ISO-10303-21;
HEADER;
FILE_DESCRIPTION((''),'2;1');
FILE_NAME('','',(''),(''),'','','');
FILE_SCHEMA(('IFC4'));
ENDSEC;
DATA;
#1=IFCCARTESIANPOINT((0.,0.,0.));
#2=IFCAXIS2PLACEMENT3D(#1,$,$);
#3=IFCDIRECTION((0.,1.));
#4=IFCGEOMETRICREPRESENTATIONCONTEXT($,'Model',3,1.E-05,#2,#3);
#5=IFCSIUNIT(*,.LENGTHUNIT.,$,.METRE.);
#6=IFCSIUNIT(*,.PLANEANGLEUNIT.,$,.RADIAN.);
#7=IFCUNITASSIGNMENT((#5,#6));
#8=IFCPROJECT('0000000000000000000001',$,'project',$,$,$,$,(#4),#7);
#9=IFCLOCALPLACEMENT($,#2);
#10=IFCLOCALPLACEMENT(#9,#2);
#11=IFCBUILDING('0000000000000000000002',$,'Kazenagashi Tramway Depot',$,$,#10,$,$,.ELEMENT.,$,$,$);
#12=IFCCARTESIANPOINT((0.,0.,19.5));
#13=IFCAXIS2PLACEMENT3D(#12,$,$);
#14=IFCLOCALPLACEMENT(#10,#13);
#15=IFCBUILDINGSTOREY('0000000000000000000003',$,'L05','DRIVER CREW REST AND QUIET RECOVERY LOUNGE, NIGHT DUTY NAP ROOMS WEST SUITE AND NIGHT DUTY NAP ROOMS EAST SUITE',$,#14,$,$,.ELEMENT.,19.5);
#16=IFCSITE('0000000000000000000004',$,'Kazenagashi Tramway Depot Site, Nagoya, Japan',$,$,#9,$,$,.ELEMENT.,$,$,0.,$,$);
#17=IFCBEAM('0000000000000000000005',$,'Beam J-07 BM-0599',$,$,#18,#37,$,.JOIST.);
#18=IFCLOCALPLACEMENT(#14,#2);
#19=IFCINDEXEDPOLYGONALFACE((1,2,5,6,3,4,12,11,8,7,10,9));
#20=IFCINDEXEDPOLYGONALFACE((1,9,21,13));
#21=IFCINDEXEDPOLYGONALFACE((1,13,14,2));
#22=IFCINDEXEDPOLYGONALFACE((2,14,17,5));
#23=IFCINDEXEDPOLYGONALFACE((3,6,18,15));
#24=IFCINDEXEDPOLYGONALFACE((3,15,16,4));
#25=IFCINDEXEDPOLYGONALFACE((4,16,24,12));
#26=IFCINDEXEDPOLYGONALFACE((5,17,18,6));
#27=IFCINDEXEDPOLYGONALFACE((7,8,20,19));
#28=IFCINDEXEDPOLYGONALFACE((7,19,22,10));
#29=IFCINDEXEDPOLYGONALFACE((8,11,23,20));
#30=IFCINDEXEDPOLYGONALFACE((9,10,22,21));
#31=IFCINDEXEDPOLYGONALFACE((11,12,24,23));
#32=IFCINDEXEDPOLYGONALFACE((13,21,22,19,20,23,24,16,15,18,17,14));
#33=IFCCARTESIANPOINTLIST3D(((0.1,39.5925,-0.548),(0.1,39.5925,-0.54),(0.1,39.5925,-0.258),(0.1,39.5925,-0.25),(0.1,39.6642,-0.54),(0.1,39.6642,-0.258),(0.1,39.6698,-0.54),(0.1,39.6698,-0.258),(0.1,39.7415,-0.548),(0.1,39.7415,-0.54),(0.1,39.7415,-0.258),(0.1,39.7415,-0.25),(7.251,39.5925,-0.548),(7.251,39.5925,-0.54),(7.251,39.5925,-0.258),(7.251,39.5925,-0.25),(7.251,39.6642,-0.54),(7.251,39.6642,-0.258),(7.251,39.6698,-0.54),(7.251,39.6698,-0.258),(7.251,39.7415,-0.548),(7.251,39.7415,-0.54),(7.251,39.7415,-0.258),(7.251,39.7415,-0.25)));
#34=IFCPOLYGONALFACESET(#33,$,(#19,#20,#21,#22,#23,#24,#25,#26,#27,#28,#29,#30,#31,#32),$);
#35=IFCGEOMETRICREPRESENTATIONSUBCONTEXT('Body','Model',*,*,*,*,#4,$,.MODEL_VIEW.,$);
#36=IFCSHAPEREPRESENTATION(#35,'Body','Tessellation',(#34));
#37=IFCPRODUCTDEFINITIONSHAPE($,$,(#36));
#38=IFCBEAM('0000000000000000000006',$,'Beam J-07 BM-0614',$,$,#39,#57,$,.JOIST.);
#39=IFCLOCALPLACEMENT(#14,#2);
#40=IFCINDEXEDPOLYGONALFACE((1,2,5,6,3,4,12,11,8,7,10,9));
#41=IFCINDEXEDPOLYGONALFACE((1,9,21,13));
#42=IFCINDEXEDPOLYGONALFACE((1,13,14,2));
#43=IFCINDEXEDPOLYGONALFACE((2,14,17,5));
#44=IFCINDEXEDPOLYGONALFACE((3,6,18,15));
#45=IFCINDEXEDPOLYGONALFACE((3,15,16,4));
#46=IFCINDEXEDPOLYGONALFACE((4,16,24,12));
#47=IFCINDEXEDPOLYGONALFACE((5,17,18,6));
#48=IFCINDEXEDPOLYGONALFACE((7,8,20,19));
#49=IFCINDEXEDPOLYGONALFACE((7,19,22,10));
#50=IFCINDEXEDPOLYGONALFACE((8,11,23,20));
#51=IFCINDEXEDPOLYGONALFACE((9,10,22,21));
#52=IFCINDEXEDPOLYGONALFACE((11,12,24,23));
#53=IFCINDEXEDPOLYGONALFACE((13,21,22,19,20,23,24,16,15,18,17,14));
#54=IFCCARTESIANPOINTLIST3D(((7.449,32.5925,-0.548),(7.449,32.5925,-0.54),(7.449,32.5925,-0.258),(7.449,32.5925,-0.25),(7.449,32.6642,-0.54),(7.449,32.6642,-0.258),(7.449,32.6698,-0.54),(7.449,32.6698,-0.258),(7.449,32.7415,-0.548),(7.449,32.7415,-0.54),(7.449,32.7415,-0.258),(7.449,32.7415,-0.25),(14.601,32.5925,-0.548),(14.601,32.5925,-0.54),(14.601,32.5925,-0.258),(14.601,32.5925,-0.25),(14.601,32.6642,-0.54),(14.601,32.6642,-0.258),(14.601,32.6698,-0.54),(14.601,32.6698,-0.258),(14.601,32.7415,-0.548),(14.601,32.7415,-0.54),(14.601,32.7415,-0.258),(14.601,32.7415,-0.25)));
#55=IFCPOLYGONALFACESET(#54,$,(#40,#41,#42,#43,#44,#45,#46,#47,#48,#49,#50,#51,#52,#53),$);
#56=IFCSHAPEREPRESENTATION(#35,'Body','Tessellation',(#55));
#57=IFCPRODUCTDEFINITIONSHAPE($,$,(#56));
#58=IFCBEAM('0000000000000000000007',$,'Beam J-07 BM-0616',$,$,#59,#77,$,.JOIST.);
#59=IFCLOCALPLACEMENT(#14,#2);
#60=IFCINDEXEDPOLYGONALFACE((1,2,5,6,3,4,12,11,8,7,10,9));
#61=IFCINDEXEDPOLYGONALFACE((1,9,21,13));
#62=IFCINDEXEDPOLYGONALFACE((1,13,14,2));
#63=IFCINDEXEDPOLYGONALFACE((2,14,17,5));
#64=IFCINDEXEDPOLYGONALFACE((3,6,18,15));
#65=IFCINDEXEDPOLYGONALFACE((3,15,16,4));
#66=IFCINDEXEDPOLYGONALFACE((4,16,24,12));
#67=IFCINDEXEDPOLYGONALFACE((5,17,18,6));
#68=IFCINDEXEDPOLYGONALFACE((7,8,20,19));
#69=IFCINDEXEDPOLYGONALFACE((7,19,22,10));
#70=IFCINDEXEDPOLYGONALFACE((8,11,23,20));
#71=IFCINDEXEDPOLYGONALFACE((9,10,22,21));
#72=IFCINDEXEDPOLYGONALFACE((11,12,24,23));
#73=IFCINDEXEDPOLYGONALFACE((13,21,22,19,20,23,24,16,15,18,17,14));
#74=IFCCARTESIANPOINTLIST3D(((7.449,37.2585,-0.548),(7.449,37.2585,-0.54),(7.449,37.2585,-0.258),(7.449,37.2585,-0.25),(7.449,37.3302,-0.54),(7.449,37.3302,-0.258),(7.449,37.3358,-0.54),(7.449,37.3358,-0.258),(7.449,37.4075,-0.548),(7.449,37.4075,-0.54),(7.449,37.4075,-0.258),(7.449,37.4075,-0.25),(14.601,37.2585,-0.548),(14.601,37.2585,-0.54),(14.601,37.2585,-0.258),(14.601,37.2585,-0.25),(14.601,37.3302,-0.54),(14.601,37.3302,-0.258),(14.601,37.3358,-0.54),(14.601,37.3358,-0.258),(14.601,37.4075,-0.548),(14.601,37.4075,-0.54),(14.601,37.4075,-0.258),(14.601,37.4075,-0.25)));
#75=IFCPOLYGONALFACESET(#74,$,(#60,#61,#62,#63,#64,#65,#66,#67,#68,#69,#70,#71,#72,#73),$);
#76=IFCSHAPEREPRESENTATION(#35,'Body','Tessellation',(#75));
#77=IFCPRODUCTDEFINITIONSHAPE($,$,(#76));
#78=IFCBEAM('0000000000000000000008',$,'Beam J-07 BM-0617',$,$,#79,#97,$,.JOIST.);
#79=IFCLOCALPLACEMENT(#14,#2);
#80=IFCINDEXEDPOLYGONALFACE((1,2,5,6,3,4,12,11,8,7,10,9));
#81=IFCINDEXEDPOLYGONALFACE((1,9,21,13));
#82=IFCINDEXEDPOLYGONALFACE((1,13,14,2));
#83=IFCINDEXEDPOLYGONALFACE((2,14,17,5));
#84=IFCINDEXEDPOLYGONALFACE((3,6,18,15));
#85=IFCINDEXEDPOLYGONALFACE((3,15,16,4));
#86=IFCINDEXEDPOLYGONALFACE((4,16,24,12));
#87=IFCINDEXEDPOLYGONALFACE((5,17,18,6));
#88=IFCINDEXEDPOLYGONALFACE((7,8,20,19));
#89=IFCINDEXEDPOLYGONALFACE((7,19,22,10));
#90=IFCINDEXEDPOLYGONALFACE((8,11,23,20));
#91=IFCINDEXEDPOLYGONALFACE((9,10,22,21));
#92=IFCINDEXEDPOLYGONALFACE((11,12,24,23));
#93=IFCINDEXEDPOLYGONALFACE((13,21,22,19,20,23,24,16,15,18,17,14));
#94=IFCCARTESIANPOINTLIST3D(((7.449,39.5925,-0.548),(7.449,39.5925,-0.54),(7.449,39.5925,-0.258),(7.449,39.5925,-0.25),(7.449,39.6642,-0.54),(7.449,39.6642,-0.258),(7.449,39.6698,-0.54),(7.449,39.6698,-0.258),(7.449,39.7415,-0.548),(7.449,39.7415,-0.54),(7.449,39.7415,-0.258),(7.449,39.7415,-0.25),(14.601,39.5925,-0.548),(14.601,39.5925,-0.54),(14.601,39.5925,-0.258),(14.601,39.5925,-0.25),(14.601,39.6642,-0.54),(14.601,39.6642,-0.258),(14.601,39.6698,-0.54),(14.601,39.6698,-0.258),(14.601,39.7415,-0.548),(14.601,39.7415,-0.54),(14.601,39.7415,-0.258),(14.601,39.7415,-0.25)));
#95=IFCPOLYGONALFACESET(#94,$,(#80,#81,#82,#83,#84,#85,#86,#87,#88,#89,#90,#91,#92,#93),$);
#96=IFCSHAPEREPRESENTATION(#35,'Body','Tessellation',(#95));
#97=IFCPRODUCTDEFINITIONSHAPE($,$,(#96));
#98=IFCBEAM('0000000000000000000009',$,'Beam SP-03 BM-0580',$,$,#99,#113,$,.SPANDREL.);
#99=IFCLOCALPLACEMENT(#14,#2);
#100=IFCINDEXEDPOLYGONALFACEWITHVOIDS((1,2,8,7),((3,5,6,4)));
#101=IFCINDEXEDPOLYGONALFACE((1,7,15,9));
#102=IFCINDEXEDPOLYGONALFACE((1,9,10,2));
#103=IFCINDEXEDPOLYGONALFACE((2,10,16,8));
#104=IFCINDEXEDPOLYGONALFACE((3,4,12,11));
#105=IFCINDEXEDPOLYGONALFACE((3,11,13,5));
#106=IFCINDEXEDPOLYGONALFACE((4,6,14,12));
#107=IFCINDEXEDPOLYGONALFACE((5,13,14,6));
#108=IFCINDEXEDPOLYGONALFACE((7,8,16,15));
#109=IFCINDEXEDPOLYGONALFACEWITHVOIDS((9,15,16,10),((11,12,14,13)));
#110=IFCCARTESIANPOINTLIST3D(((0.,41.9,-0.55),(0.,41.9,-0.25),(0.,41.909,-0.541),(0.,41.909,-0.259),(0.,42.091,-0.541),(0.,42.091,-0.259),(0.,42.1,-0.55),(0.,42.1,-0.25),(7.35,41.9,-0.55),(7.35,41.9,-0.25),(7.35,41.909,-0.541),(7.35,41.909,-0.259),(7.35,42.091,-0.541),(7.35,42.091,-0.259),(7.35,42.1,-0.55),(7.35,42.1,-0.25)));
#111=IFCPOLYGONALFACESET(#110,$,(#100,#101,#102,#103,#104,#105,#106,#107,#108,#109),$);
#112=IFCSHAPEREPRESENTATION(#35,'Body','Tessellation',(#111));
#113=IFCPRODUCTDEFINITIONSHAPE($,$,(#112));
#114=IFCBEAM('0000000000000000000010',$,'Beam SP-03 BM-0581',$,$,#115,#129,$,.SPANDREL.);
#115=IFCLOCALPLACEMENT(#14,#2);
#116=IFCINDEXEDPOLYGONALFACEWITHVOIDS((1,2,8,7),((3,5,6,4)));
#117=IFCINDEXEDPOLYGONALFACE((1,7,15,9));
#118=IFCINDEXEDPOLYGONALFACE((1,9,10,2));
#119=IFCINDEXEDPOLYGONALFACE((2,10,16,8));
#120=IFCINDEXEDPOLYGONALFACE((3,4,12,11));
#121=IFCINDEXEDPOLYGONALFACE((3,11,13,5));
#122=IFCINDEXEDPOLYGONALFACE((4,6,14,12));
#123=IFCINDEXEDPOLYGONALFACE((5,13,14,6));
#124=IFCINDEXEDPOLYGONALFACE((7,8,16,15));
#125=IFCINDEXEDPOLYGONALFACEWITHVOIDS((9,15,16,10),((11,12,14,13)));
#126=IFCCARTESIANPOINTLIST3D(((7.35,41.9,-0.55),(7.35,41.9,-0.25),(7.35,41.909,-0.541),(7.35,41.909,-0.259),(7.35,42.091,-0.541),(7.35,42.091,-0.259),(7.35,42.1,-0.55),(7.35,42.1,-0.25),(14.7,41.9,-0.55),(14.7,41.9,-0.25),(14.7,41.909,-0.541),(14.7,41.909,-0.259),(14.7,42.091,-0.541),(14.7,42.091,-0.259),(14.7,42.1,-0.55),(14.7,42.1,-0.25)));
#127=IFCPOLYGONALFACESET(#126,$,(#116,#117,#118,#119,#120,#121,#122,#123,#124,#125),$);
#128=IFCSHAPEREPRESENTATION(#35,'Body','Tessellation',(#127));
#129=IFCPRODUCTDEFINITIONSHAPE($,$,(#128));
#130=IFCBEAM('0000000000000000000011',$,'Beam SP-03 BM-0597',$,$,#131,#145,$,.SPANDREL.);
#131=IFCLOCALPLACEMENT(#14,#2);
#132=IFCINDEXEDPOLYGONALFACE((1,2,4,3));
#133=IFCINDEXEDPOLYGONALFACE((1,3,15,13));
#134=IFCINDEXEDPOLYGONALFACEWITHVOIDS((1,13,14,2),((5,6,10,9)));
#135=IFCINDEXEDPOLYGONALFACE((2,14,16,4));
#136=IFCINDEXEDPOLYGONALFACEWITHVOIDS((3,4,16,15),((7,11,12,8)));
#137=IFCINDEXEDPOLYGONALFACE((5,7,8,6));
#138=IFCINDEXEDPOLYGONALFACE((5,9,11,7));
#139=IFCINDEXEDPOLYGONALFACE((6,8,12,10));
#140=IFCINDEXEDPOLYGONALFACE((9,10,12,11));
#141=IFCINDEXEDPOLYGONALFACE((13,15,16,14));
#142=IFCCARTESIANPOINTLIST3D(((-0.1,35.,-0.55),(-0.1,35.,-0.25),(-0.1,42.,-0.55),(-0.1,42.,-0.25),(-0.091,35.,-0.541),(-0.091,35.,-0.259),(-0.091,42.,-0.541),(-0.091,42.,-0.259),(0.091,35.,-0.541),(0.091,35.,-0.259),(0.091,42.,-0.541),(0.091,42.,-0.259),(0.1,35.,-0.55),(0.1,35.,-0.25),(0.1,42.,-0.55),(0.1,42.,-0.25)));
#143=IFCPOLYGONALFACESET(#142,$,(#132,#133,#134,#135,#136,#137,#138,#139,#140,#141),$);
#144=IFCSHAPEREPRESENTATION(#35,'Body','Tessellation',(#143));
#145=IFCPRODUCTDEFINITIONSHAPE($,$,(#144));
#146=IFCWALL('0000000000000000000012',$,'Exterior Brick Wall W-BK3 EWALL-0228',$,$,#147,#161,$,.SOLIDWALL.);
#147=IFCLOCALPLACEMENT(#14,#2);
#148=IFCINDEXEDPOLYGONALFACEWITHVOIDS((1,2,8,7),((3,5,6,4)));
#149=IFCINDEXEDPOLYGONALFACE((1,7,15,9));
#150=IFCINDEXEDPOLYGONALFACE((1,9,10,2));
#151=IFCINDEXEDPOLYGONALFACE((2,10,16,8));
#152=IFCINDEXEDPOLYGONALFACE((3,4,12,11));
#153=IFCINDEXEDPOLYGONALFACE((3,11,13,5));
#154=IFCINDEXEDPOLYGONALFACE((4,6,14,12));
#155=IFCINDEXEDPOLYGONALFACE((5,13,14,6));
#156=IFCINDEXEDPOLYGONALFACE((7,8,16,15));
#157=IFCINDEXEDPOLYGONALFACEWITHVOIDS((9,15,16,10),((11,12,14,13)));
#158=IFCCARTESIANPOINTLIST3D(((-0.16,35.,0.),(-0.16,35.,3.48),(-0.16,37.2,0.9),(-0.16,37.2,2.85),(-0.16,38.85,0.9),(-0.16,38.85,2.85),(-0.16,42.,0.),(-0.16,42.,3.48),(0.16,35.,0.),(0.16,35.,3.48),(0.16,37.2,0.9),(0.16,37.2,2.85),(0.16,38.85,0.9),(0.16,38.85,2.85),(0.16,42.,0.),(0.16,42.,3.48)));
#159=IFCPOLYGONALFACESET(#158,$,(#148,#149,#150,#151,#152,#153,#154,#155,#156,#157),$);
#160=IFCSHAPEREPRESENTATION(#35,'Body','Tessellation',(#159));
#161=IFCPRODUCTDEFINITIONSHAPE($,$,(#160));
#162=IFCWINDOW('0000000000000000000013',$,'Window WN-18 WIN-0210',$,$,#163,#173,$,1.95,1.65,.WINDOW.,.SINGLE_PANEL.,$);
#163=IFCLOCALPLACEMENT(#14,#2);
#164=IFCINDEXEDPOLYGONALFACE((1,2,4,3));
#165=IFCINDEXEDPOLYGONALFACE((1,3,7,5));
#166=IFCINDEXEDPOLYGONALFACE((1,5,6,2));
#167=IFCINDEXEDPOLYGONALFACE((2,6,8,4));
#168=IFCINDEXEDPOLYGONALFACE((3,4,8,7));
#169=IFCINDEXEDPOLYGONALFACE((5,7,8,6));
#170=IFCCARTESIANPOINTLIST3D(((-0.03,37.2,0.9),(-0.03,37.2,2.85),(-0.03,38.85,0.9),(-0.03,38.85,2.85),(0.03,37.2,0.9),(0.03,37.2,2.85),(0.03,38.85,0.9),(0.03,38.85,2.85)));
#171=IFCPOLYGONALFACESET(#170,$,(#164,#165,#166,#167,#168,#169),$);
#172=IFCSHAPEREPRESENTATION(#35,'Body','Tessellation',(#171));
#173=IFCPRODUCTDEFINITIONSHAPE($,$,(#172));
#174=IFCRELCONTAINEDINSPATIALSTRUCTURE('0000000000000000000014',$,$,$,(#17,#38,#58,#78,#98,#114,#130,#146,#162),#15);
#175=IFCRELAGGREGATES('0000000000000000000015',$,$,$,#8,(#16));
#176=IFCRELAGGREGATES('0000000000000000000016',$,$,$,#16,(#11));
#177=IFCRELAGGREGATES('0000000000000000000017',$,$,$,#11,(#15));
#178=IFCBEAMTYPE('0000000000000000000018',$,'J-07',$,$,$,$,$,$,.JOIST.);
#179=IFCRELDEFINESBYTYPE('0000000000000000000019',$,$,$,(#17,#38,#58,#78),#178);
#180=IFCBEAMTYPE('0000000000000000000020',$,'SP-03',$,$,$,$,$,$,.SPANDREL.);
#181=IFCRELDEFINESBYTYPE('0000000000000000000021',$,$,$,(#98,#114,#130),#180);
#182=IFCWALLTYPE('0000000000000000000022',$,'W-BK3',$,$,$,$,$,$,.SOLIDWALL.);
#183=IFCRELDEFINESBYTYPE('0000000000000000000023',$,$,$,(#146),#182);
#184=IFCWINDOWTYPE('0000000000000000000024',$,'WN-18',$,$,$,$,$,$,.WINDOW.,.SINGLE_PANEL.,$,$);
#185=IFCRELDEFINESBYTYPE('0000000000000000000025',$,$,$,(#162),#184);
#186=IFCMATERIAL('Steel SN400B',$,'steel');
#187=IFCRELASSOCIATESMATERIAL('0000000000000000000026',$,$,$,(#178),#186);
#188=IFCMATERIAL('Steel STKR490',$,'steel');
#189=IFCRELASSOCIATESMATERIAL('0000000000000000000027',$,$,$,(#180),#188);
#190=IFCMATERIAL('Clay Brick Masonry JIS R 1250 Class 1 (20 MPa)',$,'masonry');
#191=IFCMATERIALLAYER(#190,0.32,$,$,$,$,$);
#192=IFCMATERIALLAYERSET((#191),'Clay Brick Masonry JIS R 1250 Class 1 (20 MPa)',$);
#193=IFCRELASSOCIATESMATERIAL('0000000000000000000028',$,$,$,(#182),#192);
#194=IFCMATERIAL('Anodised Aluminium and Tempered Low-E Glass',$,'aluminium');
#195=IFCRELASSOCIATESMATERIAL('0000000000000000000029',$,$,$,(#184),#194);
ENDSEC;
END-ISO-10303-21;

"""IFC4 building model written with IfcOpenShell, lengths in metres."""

from ifc_helpers import new_model, si_unit, direction, frame, frame_2d, origin, origin_2d, place, context, subcontext, project, spatial, rectangle, hollow_rectangle, i_section, extrude, material, layer, layer_set, material_profile, profile_set, type_object, element, fill, save


model = new_model("IFC4")

# Units and contexts
model_context = context("Model", 3, precision=1e-05, world=origin(), true_north=direction((0.0, 1.0)))
body_context = subcontext(model_context, "Body", "Model", "MODEL_VIEW")
ifc_project = project(units=[si_unit("LENGTHUNIT", "METRE"), si_unit("PLANEANGLEUNIT", "RADIAN")], contexts=[model_context])

# Site, building, storey
site_placement = place(None, origin())
site = spatial("IfcSite", under=ifc_project, at=site_placement, Name="Kazenagashi Tramway Depot Site, Nagoya, Japan", CompositionType="ELEMENT", RefElevation=0.0)
building_placement = place(site_placement, origin())
building = spatial("IfcBuilding", under=site, at=building_placement, Name="Kazenagashi Tramway Depot", CompositionType="ELEMENT")
storey_placement = place(building_placement, frame((0.0, 0.0, 19.5)))
storey = spatial("IfcBuildingStorey", under=building, at=storey_placement, Name="L05", Description="DRIVER CREW REST AND QUIET RECOVERY LOUNGE, NIGHT DUTY NAP ROOMS WEST SUITE AND NIGHT DUTY NAP ROOMS EAST SUITE", CompositionType="ELEMENT", Elevation=19.5)

# Shared definitions
ifc_material_1 = material(Name="Steel SN400B", Category="steel")

# Beams
ifc_material_profile_1 = material_profile(ifc_material_1, i_section(OverallWidth=0.149, OverallDepth=0.298, WebThickness=0.0055, FlangeThickness=0.008, at=origin_2d()), Name="H-298x149x5.5x8")
ifc_profile_set_1 = profile_set([ifc_material_profile_1], Name="Steel SN400B")
beam_type_1 = type_object("IfcBeamType", Name="J-07", PredefinedType="JOIST", material=ifc_profile_set_1)
for number, where, z_axis, x_axis, name in (
    (1, (0.1, 39.667, -0.399), (1.0, 0.0, 0.0), (0.0, 1.0, 0.0), "Beam J-07 BM-0599"),
):
    element("IfcBeam", number, at=place(storey_placement, frame(where, z_axis=z_axis, x_axis=x_axis)), inside=storey, type_object=beam_type_1, Name=name, PredefinedType="JOIST", context=body_context, shape_type="SweptSolid", body=[
        extrude(i_section(OverallWidth=0.149, OverallDepth=0.298, WebThickness=0.0055, FlangeThickness=0.008, at=origin_2d()), origin(), (0.0, 0.0, 1.0), 7.151),
    ])
for number, where, z_axis, x_axis, name in (
    (2, (7.449, 32.667, -0.399), (1.0, 0.0, 0.0), (0.0, 1.0, 0.0), "Beam J-07 BM-0614"),
    (3, (7.449, 37.333, -0.399), (1.0, 0.0, 0.0), (0.0, 1.0, 0.0), "Beam J-07 BM-0616"),
    (4, (7.449, 39.667, -0.399), (1.0, 0.0, 0.0), (0.0, 1.0, 0.0), "Beam J-07 BM-0617"),
):
    element("IfcBeam", number, at=place(storey_placement, frame(where, z_axis=z_axis, x_axis=x_axis)), inside=storey, type_object=beam_type_1, Name=name, PredefinedType="JOIST", context=body_context, shape_type="SweptSolid", body=[
        extrude(i_section(OverallWidth=0.149, OverallDepth=0.298, WebThickness=0.0055, FlangeThickness=0.008, at=origin_2d()), origin(), (0.0, 0.0, 1.0), 7.152),
    ])
ifc_material_2 = material(Name="Steel STKR490", Category="steel")
ifc_material_profile_2 = material_profile(ifc_material_2, hollow_rectangle(XDim=0.2, YDim=0.3, WallThickness=0.009, at=origin_2d()), Name="RHS-300x200x9")
ifc_profile_set_2 = profile_set([ifc_material_profile_2], Name="Steel STKR490")
beam_type_2 = type_object("IfcBeamType", Name="SP-03", PredefinedType="SPANDREL", material=ifc_profile_set_2)
for number, where, z_axis, x_axis, name in (
    (5, (0.0, 42.0, -0.4), (1.0, 0.0, 0.0), (0.0, 1.0, 0.0), "Beam SP-03 BM-0580"),
    (6, (7.35, 42.0, -0.4), (1.0, 0.0, 0.0), (0.0, 1.0, 0.0), "Beam SP-03 BM-0581"),
):
    element("IfcBeam", number, at=place(storey_placement, frame(where, z_axis=z_axis, x_axis=x_axis)), inside=storey, type_object=beam_type_2, Name=name, PredefinedType="SPANDREL", context=body_context, shape_type="SweptSolid", body=[
        extrude(hollow_rectangle(XDim=0.2, YDim=0.3, WallThickness=0.009, at=origin_2d()), origin(), (0.0, 0.0, 1.0), 7.35),
    ])
beam_1_placement = place(storey_placement, frame((0.0, 35.0, -0.4), z_axis=(0.0, 1.0, 0.0), x_axis=(-1.0, 0.0, 0.0)))
element("IfcBeam", 7, at=beam_1_placement, inside=storey, type_object=beam_type_2, Name="Beam SP-03 BM-0597", PredefinedType="SPANDREL", context=body_context, shape_type="SweptSolid", body=[
    extrude(hollow_rectangle(XDim=0.2, YDim=0.3, WallThickness=0.009, at=origin_2d()), origin(), (0.0, 0.0, 1.0), 7.0),
])

# Wall, opening, window
ifc_material_3 = material(Name="Clay Brick Masonry JIS R 1250 Class 1 (20 MPa)", Category="masonry")
ifc_layer_1 = layer(ifc_material_3, 0.32)
ifc_layer_set_1 = layer_set([ifc_layer_1], Name="Clay Brick Masonry JIS R 1250 Class 1 (20 MPa)")
wall_type_1 = type_object("IfcWallType", Name="W-BK3", PredefinedType="SOLIDWALL", material=ifc_layer_set_1)
wall_1_placement = place(storey_placement, frame((0.0, 35.0, 0.0), z_axis=(0.0, 0.0, 1.0), x_axis=(0.0, 1.0, 0.0)))
wall_1 = element("IfcWall", 8, at=wall_1_placement, inside=storey, type_object=wall_type_1, Name="Exterior Brick Wall W-BK3 EWALL-0228", PredefinedType="SOLIDWALL", context=body_context, shape_type="SweptSolid", body=[
    extrude(rectangle(XDim=7.0, YDim=0.32, at=frame_2d((3.5, 0.0))), origin(), (0.0, 0.0, 1.0), 3.48),
])
opening_1_placement = place(wall_1_placement, frame((2.2, 0.0, 0.9)))
opening_1 = element("IfcOpeningElement", 9, at=opening_1_placement, cuts=wall_1, PredefinedType="OPENING", context=body_context, shape_type="SweptSolid", body=[
    extrude(rectangle(XDim=1.65, YDim=1.95, at=frame_2d((0.825, 0.975))), frame((0.0, 0.17, 0.0), z_axis=(0.0, -1.0, 0.0), x_axis=(1.0, 0.0, 0.0)), (0.0, 0.0, 1.0), 0.34),
])
ifc_material_4 = material(Name="Anodised Aluminium and Tempered Low-E Glass", Category="aluminium")
window_type_1 = type_object("IfcWindowType", Name="WN-18", PartitioningType="SINGLE_PANEL", PredefinedType="WINDOW", material=ifc_material_4)
window_1_placement = place(opening_1_placement, origin())
window_1 = element("IfcWindow", 10, at=window_1_placement, inside=storey, type_object=window_type_1, Name="Window WN-18 WIN-0210", OverallHeight=1.95, OverallWidth=1.65, PartitioningType="SINGLE_PANEL", PredefinedType="WINDOW", context=body_context, shape_type="SweptSolid", body=[
    extrude(rectangle(XDim=1.65, YDim=1.95, at=frame_2d((0.825, 0.975))), frame((0.0, 0.03, 0.0), z_axis=(0.0, -1.0, 0.0), x_axis=(1.0, 0.0, 0.0)), (0.0, 0.0, 1.0), 0.06),
])
fill(opening_1, window_1)

save(model, "model.ifc")
